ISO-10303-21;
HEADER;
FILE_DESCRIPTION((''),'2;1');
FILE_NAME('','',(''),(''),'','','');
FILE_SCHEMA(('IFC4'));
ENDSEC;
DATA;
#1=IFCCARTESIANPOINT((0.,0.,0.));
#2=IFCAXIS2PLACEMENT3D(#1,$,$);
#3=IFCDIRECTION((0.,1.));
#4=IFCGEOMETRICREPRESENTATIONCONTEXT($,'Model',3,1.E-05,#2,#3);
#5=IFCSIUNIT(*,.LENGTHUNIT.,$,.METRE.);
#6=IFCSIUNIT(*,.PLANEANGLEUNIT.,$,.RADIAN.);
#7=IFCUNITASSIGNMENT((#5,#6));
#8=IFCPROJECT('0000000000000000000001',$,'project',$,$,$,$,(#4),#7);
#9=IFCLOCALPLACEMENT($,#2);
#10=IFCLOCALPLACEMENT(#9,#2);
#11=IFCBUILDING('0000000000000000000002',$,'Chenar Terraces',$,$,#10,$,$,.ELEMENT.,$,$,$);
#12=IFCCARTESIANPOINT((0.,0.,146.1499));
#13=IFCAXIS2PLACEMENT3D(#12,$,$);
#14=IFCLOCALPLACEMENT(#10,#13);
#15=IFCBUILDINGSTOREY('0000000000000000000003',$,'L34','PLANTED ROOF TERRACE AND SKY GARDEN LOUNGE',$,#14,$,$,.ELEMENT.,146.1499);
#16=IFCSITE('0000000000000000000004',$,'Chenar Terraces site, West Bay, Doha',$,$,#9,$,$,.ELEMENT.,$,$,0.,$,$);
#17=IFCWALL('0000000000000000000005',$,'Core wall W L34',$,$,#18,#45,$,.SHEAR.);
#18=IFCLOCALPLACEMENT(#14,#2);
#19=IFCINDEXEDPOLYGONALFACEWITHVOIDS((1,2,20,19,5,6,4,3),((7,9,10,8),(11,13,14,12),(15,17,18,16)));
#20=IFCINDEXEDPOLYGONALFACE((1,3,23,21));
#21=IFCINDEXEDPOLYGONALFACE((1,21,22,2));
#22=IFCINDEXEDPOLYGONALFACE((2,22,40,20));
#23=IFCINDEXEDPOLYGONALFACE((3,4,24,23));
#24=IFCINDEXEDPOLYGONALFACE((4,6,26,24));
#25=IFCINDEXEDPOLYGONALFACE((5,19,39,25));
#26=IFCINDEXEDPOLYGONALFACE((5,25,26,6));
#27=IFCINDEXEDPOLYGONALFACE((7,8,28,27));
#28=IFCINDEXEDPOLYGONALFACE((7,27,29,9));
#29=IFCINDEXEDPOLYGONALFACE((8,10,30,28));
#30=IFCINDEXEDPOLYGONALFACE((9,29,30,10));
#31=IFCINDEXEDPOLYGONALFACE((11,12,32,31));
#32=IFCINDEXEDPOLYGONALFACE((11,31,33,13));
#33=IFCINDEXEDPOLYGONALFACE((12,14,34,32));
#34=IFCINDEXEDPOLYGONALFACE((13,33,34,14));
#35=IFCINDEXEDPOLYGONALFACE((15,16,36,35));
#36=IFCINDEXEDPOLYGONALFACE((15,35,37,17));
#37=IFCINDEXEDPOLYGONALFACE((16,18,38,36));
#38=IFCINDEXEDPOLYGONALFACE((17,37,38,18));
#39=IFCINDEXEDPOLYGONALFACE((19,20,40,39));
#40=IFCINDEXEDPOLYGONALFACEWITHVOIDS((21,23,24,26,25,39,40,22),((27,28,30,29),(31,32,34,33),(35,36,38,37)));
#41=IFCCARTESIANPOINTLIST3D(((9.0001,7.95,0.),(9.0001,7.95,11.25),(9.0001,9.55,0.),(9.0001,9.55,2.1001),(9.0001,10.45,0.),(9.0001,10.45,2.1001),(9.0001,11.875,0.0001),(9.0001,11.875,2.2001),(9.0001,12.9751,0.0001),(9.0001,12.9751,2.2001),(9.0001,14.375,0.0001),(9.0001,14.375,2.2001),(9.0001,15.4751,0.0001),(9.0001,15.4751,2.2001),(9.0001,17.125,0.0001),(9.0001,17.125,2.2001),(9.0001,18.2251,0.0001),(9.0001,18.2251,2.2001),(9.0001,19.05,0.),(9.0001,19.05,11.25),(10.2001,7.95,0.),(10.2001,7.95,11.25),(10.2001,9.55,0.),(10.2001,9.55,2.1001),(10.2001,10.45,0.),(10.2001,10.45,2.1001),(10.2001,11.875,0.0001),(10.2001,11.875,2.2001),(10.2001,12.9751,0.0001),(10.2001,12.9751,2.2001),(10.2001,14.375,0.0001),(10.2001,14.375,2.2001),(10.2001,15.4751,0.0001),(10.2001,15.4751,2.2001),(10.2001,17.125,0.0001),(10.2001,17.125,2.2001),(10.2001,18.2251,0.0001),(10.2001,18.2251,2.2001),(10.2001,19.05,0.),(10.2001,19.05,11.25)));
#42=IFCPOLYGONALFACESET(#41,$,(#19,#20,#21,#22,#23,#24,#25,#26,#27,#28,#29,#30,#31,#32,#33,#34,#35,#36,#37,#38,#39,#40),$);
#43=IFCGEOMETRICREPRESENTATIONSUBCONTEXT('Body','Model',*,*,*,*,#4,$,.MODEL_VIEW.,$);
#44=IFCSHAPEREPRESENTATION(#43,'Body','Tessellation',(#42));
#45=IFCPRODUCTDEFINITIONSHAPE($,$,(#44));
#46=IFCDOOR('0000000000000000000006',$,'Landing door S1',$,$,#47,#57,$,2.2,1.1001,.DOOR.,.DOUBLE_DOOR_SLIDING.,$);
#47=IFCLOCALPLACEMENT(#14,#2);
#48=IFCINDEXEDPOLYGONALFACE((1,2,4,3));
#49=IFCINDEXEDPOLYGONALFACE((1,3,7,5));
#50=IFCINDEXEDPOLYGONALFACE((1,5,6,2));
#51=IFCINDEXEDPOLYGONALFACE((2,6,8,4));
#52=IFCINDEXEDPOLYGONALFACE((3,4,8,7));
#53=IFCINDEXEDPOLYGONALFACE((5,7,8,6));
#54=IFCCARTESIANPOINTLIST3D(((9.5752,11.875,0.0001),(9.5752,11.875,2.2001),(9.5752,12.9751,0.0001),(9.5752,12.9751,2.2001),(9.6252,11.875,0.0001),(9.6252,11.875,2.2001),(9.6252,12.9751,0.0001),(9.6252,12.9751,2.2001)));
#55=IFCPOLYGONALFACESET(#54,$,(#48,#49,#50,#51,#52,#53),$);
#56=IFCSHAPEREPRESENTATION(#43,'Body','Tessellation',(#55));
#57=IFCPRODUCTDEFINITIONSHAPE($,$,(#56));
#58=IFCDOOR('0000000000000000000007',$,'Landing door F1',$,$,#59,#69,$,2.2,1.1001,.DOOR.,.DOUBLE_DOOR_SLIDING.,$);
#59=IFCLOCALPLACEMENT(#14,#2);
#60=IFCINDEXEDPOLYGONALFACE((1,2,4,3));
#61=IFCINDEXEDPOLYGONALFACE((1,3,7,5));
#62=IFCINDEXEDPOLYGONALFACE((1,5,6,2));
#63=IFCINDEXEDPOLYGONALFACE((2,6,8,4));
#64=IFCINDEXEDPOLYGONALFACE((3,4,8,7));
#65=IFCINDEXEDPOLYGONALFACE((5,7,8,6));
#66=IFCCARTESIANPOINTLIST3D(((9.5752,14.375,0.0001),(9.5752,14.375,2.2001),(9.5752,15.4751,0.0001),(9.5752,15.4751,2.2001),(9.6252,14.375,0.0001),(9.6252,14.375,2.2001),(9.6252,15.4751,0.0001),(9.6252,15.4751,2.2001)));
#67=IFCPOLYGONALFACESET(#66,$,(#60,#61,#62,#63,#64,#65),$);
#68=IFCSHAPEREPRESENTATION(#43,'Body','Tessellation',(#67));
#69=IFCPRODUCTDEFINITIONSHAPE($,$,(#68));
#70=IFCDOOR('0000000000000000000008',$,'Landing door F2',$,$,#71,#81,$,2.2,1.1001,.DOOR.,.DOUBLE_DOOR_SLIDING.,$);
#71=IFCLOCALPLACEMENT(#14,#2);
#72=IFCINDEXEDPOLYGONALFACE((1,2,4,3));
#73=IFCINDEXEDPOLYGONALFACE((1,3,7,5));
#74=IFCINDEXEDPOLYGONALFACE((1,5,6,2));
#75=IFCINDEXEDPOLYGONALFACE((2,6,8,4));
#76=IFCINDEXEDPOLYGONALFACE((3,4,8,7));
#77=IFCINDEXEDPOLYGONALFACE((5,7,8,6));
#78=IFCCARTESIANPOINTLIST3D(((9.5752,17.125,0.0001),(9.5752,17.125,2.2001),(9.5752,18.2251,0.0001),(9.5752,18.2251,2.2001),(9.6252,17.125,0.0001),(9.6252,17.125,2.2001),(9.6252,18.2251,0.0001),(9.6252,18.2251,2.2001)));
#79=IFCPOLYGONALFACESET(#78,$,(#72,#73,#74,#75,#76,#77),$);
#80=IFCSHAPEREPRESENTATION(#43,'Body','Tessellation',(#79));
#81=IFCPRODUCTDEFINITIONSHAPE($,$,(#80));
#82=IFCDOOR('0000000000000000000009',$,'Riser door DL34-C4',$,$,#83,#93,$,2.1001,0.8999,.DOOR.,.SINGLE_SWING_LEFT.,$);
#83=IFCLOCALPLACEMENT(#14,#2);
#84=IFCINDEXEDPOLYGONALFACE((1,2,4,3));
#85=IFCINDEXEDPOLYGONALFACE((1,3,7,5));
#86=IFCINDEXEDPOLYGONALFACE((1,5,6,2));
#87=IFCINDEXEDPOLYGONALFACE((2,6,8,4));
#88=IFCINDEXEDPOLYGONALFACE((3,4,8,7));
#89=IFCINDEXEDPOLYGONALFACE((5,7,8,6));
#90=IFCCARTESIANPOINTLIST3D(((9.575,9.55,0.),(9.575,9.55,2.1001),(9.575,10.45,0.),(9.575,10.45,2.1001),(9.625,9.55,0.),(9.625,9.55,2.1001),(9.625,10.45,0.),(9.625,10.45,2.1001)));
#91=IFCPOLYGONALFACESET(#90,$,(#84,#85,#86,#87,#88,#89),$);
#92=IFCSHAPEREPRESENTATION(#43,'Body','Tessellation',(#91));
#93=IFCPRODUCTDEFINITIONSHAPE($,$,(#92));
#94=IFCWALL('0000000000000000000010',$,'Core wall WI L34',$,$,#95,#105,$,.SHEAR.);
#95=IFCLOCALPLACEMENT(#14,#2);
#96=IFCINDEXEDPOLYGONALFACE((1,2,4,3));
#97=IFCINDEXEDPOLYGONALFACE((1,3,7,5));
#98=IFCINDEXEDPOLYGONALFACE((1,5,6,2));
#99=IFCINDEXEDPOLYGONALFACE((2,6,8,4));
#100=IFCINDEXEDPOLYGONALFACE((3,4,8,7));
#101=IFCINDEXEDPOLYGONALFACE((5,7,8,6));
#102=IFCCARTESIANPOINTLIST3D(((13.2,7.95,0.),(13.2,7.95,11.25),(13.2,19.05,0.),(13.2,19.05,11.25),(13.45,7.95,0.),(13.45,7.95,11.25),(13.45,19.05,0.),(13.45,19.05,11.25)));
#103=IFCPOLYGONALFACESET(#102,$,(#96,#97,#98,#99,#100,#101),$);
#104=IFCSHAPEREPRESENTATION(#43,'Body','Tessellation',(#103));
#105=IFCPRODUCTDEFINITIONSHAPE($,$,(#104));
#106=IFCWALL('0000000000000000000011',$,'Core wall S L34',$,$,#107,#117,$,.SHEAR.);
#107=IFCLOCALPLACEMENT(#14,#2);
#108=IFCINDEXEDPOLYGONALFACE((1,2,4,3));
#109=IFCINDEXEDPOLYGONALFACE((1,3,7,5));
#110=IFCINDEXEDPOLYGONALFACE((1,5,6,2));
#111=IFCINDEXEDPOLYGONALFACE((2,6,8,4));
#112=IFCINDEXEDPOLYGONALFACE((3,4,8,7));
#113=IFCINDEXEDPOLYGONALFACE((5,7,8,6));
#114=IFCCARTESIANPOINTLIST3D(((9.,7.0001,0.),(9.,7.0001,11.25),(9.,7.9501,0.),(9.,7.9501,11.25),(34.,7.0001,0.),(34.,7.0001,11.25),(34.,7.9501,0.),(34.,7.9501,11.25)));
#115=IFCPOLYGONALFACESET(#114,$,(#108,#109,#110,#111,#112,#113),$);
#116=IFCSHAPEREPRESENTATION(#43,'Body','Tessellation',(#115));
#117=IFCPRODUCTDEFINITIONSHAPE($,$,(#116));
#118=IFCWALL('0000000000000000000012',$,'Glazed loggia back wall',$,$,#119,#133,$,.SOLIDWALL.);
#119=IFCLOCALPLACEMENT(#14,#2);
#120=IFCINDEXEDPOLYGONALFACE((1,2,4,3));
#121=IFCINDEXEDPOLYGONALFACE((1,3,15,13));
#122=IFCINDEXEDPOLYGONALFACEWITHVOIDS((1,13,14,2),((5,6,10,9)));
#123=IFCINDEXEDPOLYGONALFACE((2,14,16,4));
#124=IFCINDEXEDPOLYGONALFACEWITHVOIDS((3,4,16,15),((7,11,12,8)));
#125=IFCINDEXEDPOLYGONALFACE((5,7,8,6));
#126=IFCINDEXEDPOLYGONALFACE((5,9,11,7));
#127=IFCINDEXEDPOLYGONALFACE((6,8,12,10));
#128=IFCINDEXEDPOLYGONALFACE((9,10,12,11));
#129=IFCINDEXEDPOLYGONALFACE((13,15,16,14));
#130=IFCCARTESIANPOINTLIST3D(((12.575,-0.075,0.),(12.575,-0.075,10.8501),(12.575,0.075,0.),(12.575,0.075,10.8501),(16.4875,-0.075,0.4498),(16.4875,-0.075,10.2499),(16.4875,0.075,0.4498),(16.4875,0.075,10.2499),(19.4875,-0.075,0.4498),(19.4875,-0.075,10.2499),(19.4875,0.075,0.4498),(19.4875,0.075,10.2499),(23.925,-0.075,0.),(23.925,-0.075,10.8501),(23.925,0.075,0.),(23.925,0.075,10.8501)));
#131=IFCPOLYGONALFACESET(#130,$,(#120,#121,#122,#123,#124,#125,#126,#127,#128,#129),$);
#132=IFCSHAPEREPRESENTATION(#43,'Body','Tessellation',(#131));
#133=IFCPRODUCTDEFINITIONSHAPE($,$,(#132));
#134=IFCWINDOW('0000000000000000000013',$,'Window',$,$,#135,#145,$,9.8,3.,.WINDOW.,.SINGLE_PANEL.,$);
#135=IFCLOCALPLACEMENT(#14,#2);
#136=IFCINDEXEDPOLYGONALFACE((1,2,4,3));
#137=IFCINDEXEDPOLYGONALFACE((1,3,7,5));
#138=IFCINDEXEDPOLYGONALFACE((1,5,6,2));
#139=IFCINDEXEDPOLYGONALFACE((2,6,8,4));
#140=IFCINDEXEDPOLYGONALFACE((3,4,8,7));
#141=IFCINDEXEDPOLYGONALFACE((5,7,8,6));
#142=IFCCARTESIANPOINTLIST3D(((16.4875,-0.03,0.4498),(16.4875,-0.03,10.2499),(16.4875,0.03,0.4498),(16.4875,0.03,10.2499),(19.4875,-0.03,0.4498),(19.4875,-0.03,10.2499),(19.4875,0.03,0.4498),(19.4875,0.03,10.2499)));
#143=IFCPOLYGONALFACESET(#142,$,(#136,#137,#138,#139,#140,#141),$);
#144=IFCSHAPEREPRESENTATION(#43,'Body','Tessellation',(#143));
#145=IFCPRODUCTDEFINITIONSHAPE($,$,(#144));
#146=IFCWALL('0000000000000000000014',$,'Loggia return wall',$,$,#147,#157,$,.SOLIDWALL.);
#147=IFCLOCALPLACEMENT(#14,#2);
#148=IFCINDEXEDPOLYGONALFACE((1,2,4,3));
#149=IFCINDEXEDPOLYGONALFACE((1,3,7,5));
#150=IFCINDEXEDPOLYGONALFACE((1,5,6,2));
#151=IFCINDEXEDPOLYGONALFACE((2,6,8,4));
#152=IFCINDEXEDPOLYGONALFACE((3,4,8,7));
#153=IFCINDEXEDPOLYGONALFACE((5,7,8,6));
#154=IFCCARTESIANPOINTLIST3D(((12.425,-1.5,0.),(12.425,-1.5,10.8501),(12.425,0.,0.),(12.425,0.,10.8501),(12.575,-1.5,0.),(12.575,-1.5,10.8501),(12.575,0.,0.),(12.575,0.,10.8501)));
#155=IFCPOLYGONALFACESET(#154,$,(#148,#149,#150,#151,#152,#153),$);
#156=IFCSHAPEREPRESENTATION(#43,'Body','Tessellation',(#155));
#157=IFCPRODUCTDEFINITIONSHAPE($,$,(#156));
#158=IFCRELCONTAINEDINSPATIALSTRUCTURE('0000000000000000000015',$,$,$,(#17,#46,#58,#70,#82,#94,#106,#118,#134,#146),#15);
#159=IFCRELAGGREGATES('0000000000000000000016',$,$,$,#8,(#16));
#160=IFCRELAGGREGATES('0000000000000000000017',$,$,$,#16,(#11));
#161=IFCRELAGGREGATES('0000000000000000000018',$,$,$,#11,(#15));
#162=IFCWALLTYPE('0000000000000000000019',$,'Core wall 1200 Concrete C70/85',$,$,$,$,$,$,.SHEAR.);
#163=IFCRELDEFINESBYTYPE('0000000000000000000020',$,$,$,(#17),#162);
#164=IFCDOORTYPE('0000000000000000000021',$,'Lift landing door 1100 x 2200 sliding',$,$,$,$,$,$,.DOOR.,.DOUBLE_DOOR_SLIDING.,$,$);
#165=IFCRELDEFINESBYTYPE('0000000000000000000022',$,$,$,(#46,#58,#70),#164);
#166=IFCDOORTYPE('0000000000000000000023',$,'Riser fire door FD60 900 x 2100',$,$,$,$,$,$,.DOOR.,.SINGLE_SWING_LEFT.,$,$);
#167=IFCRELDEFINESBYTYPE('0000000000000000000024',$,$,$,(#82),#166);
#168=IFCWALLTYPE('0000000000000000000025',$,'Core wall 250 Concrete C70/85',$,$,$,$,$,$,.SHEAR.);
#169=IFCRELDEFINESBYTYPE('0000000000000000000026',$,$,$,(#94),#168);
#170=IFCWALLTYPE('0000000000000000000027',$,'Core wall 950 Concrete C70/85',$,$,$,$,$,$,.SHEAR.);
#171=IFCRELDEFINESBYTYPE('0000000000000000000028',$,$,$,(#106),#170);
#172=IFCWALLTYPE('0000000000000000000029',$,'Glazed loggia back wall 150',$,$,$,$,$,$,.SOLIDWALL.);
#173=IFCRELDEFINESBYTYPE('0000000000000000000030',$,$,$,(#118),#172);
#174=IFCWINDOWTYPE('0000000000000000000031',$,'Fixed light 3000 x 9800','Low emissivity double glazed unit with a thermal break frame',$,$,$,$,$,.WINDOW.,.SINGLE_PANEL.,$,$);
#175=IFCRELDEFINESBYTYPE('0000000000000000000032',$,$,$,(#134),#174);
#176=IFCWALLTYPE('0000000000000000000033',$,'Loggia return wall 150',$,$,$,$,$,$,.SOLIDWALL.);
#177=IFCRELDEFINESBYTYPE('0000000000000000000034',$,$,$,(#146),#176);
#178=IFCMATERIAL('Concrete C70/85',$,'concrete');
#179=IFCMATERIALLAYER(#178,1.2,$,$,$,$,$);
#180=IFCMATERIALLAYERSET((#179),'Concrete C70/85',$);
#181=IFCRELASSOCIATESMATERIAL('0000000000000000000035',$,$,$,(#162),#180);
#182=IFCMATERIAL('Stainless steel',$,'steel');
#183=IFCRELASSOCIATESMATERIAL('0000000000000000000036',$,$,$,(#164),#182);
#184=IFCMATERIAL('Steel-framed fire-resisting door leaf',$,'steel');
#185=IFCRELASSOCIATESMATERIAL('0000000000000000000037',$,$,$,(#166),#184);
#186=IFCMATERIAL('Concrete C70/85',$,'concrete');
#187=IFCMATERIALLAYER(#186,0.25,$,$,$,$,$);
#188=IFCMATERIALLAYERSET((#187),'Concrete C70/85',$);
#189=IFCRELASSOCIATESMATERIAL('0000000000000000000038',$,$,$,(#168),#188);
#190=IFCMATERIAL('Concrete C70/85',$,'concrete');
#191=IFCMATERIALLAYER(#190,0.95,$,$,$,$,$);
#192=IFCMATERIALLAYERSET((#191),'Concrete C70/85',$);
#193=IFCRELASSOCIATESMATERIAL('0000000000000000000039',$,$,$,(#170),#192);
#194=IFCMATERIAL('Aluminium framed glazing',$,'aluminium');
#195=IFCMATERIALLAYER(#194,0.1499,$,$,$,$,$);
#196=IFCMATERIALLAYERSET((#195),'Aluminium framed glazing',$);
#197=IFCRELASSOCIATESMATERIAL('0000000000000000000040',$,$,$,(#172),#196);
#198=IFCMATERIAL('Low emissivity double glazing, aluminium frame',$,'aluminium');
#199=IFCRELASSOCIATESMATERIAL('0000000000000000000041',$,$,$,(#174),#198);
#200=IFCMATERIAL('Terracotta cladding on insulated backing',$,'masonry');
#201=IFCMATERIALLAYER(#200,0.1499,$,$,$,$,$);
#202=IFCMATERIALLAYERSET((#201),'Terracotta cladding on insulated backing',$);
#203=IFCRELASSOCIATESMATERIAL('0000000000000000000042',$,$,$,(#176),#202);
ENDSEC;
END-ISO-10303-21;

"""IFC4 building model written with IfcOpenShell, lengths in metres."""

from ifc_helpers import new_model, si_unit, direction, frame, frame_2d, origin, place, context, subcontext, project, spatial, rectangle, extrude, material, layer, layer_set, type_object, element, fill, save


model = new_model("IFC4")

# Units and contexts
model_context = context("Model", 3, precision=1e-05, world=origin(), true_north=direction((0.0, 1.0)))
body_context = subcontext(model_context, "Body", "Model", "MODEL_VIEW")
ifc_project = project(units=[si_unit("LENGTHUNIT", "METRE"), si_unit("PLANEANGLEUNIT", "RADIAN")], contexts=[model_context])

# Site, building, storey
site_placement = place(None, origin())
site = spatial("IfcSite", under=ifc_project, at=site_placement, Name="Chenar Terraces site, West Bay, Doha", CompositionType="ELEMENT", RefElevation=0.0)
building_placement = place(site_placement, origin())
building = spatial("IfcBuilding", under=site, at=building_placement, Name="Chenar Terraces", CompositionType="ELEMENT")
storey_placement = place(building_placement, frame((0.0, 0.0, 146.1499)))
storey = spatial("IfcBuildingStorey", under=building, at=storey_placement, Name="L34", Description="PLANTED ROOF TERRACE AND SKY GARDEN LOUNGE", CompositionType="ELEMENT", Elevation=146.1499)

# Wall, openings, doors
ifc_material_1 = material(Name="Concrete C70/85", Category="concrete")
ifc_layer_1 = layer(ifc_material_1, 1.2)
ifc_layer_set_1 = layer_set([ifc_layer_1], Name="Concrete C70/85")
wall_type_1 = type_object("IfcWallType", Name="Core wall 1200 Concrete C70/85", PredefinedType="SHEAR", material=ifc_layer_set_1)
wall_1_placement = place(storey_placement, frame((9.6001, 7.95, 0.0), z_axis=(0.0, 0.0, 1.0), x_axis=(0.0, 1.0, 0.0)))
wall_1 = element("IfcWall", 1, at=wall_1_placement, inside=storey, type_object=wall_type_1, Name="Core wall W L34", PredefinedType="SHEAR", context=body_context, shape_type="SweptSolid", body=[
    extrude(rectangle(XDim=11.1001, YDim=1.2, at=frame_2d((5.55, 0.0))), origin(), (0.0, 0.0, 1.0), 11.25),
])
opening_1_placement = place(wall_1_placement, frame((3.925, 0.0, 0.0)))
opening_1 = element("IfcOpeningElement", 2, at=opening_1_placement, cuts=wall_1, PredefinedType="OPENING", context=body_context, shape_type="SweptSolid", body=[
    extrude(rectangle(XDim=1.1001, YDim=2.2, at=frame_2d((0.55, 1.1001))), frame((0.0, 0.6099, 0.0), z_axis=(0.0, -1.0, 0.0), x_axis=(1.0, 0.0, 0.0)), (0.0, 0.0, 1.0), 1.22),
])
opening_2_placement = place(wall_1_placement, frame((6.425, 0.0, 0.0)))
opening_2 = element("IfcOpeningElement", 3, at=opening_2_placement, cuts=wall_1, PredefinedType="OPENING", context=body_context, shape_type="SweptSolid", body=[
    extrude(rectangle(XDim=1.1001, YDim=2.2, at=frame_2d((0.55, 1.1001))), frame((0.0, 0.6099, 0.0), z_axis=(0.0, -1.0, 0.0), x_axis=(1.0, 0.0, 0.0)), (0.0, 0.0, 1.0), 1.22),
])
opening_3_placement = place(wall_1_placement, frame((9.175, 0.0, 0.0)))
opening_3 = element("IfcOpeningElement", 4, at=opening_3_placement, cuts=wall_1, PredefinedType="OPENING", context=body_context, shape_type="SweptSolid", body=[
    extrude(rectangle(XDim=1.1001, YDim=2.2, at=frame_2d((0.55, 1.1001))), frame((0.0, 0.6099, 0.0), z_axis=(0.0, -1.0, 0.0), x_axis=(1.0, 0.0, 0.0)), (0.0, 0.0, 1.0), 1.22),
])
opening_4_placement = place(wall_1_placement, frame((1.6001, 0.0, 0.0)))
opening_4 = element("IfcOpeningElement", 5, at=opening_4_placement, cuts=wall_1, PredefinedType="OPENING", context=body_context, shape_type="SweptSolid", body=[
    extrude(rectangle(XDim=0.8999, YDim=2.1001, at=frame_2d((0.45, 1.05))), frame((0.0, 0.6099, 0.0), z_axis=(0.0, -1.0, 0.0), x_axis=(1.0, 0.0, 0.0)), (0.0, 0.0, 1.0), 1.22),
])
ifc_material_2 = material(Name="Stainless steel", Category="steel")
door_type_1 = type_object("IfcDoorType", Name="Lift landing door 1100 x 2200 sliding", OperationType="DOUBLE_DOOR_SLIDING", PredefinedType="DOOR", material=ifc_material_2)
door_1_placement = place(opening_1_placement, origin())
door_1 = element("IfcDoor", 6, at=door_1_placement, inside=storey, type_object=door_type_1, Name="Landing door S1", OperationType="DOUBLE_DOOR_SLIDING", OverallHeight=2.2, OverallWidth=1.1001, PredefinedType="DOOR", context=body_context, shape_type="SweptSolid", body=[
    extrude(rectangle(XDim=1.1001, YDim=2.2, at=frame_2d((0.55, 1.1001))), frame((0.0, 0.0249, 0.0), z_axis=(0.0, -1.0, 0.0), x_axis=(1.0, 0.0, 0.0)), (0.0, 0.0, 1.0), 0.05),
])
fill(opening_1, door_1)
door_2_placement = place(opening_2_placement, origin())
door_2 = element("IfcDoor", 7, at=door_2_placement, inside=storey, type_object=door_type_1, Name="Landing door F1", OperationType="DOUBLE_DOOR_SLIDING", OverallHeight=2.2, OverallWidth=1.1001, PredefinedType="DOOR", context=body_context, shape_type="SweptSolid", body=[
    extrude(rectangle(XDim=1.1001, YDim=2.2, at=frame_2d((0.55, 1.1001))), frame((0.0, 0.0249, 0.0), z_axis=(0.0, -1.0, 0.0), x_axis=(1.0, 0.0, 0.0)), (0.0, 0.0, 1.0), 0.05),
])
fill(opening_2, door_2)
door_3_placement = place(opening_3_placement, origin())
door_3 = element("IfcDoor", 8, at=door_3_placement, inside=storey, type_object=door_type_1, Name="Landing door F2", OperationType="DOUBLE_DOOR_SLIDING", OverallHeight=2.2, OverallWidth=1.1001, PredefinedType="DOOR", context=body_context, shape_type="SweptSolid", body=[
    extrude(rectangle(XDim=1.1001, YDim=2.2, at=frame_2d((0.55, 1.1001))), frame((0.0, 0.0249, 0.0), z_axis=(0.0, -1.0, 0.0), x_axis=(1.0, 0.0, 0.0)), (0.0, 0.0, 1.0), 0.05),
])
fill(opening_3, door_3)
ifc_material_3 = material(Name="Steel-framed fire-resisting door leaf", Category="steel")
door_type_2 = type_object("IfcDoorType", Name="Riser fire door FD60 900 x 2100", OperationType="SINGLE_SWING_LEFT", PredefinedType="DOOR", material=ifc_material_3)
door_4_placement = place(opening_4_placement, frame((0.8999, 0.0, 0.0), z_axis=(0.0, 0.0, 1.0), x_axis=(-1.0, 0.0, 0.0)))
door_4 = element("IfcDoor", 9, at=door_4_placement, inside=storey, type_object=door_type_2, Name="Riser door DL34-C4", OperationType="SINGLE_SWING_LEFT", OverallHeight=2.1001, OverallWidth=0.8999, PredefinedType="DOOR", context=body_context, shape_type="SweptSolid", body=[
    extrude(rectangle(XDim=0.8999, YDim=2.1001, at=frame_2d((0.45, 1.05))), frame((0.0, 0.0249, 0.0), z_axis=(0.0, -1.0, 0.0), x_axis=(1.0, 0.0, 0.0)), (0.0, 0.0, 1.0), 0.05),
])
fill(opening_4, door_4)

# Walls
ifc_material_4 = material(Name="Concrete C70/85", Category="concrete")
ifc_layer_2 = layer(ifc_material_4, 0.25)
ifc_layer_set_2 = layer_set([ifc_layer_2], Name="Concrete C70/85")
wall_type_2 = type_object("IfcWallType", Name="Core wall 250 Concrete C70/85", PredefinedType="SHEAR", material=ifc_layer_set_2)
wall_2_placement = place(storey_placement, frame((13.325, 7.95, 0.0), z_axis=(0.0, 0.0, 1.0), x_axis=(0.0, 1.0, 0.0)))
element("IfcWall", 10, at=wall_2_placement, inside=storey, type_object=wall_type_2, Name="Core wall WI L34", PredefinedType="SHEAR", context=body_context, shape_type="SweptSolid", body=[
    extrude(rectangle(XDim=11.1001, YDim=0.25, at=frame_2d((5.55, 0.0))), origin(), (0.0, 0.0, 1.0), 11.25),
])
ifc_material_5 = material(Name="Concrete C70/85", Category="concrete")
ifc_layer_3 = layer(ifc_material_5, 0.95)
ifc_layer_set_3 = layer_set([ifc_layer_3], Name="Concrete C70/85")
wall_type_3 = type_object("IfcWallType", Name="Core wall 950 Concrete C70/85", PredefinedType="SHEAR", material=ifc_layer_set_3)
wall_3_placement = place(storey_placement, frame((9.0, 7.4751, 0.0), z_axis=(0.0, 0.0, 1.0), x_axis=(1.0, 0.0, 0.0)))
element("IfcWall", 11, at=wall_3_placement, inside=storey, type_object=wall_type_3, Name="Core wall S L34", PredefinedType="SHEAR", context=body_context, shape_type="SweptSolid", body=[
    extrude(rectangle(XDim=25.0, YDim=0.95, at=frame_2d((12.5, 0.0))), origin(), (0.0, 0.0, 1.0), 11.25),
])

# Wall, opening, window
ifc_material_6 = material(Name="Aluminium framed glazing", Category="aluminium")
ifc_layer_4 = layer(ifc_material_6, 0.1499)
ifc_layer_set_4 = layer_set([ifc_layer_4], Name="Aluminium framed glazing")
wall_type_4 = type_object("IfcWallType", Name="Glazed loggia back wall 150", PredefinedType="SOLIDWALL", material=ifc_layer_set_4)
wall_4_placement = place(storey_placement, frame((12.575, 0.0, 0.0), z_axis=(0.0, 0.0, 1.0), x_axis=(1.0, 0.0, 0.0)))
wall_4 = element("IfcWall", 12, at=wall_4_placement, inside=storey, type_object=wall_type_4, Name="Glazed loggia back wall", PredefinedType="SOLIDWALL", context=body_context, shape_type="SweptSolid", body=[
    extrude(rectangle(XDim=11.3501, YDim=0.1499, at=frame_2d((5.675, 0.0))), origin(), (0.0, 0.0, 1.0), 10.8501),
])
opening_5_placement = place(wall_4_placement, frame((3.9126, 0.0, 0.45)))
opening_5 = element("IfcOpeningElement", 13, at=opening_5_placement, cuts=wall_4, PredefinedType="OPENING", context=body_context, shape_type="SweptSolid", body=[
    extrude(rectangle(XDim=3.0, YDim=9.8, at=frame_2d((1.5, 4.8999))), frame((0.0, 0.085, 0.0), z_axis=(0.0, -1.0, 0.0), x_axis=(1.0, 0.0, 0.0)), (0.0, 0.0, 1.0), 0.1699),
])
ifc_material_7 = material(Name="Low emissivity double glazing, aluminium frame", Category="aluminium")
window_type = type_object("IfcWindowType", Name="Fixed light 3000 x 9800", Description="Low emissivity double glazed unit with a thermal break frame", PartitioningType="SINGLE_PANEL", PredefinedType="WINDOW", material=ifc_material_7)
window_placement = place(opening_5_placement, origin())
window = element("IfcWindow", 14, at=window_placement, inside=storey, type_object=window_type, Name="Window", OverallHeight=9.8, OverallWidth=3.0, PartitioningType="SINGLE_PANEL", PredefinedType="WINDOW", context=body_context, shape_type="SweptSolid", body=[
    extrude(rectangle(XDim=3.0, YDim=9.8, at=frame_2d((1.5, 4.8999))), frame((0.0, 0.03, 0.0), z_axis=(0.0, -1.0, 0.0), x_axis=(1.0, 0.0, 0.0)), (0.0, 0.0, 1.0), 0.0601),
])
fill(opening_5, window)

# Wall
ifc_material_8 = material(Name="Terracotta cladding on insulated backing", Category="masonry")
ifc_layer_5 = layer(ifc_material_8, 0.1499)
ifc_layer_set_5 = layer_set([ifc_layer_5], Name="Terracotta cladding on insulated backing")
wall_type_5 = type_object("IfcWallType", Name="Loggia return wall 150", PredefinedType="SOLIDWALL", material=ifc_layer_set_5)
wall_5_placement = place(storey_placement, frame((12.5, -1.5, 0.0), z_axis=(0.0, 0.0, 1.0), x_axis=(0.0, 1.0, 0.0)))
element("IfcWall", 15, at=wall_5_placement, inside=storey, type_object=wall_type_5, Name="Loggia return wall", PredefinedType="SOLIDWALL", context=body_context, shape_type="SweptSolid", body=[
    extrude(rectangle(XDim=1.5, YDim=0.1499, at=frame_2d((0.75, 0.0))), origin(), (0.0, 0.0, 1.0), 10.8501),
])

save(model, "model.ifc")
